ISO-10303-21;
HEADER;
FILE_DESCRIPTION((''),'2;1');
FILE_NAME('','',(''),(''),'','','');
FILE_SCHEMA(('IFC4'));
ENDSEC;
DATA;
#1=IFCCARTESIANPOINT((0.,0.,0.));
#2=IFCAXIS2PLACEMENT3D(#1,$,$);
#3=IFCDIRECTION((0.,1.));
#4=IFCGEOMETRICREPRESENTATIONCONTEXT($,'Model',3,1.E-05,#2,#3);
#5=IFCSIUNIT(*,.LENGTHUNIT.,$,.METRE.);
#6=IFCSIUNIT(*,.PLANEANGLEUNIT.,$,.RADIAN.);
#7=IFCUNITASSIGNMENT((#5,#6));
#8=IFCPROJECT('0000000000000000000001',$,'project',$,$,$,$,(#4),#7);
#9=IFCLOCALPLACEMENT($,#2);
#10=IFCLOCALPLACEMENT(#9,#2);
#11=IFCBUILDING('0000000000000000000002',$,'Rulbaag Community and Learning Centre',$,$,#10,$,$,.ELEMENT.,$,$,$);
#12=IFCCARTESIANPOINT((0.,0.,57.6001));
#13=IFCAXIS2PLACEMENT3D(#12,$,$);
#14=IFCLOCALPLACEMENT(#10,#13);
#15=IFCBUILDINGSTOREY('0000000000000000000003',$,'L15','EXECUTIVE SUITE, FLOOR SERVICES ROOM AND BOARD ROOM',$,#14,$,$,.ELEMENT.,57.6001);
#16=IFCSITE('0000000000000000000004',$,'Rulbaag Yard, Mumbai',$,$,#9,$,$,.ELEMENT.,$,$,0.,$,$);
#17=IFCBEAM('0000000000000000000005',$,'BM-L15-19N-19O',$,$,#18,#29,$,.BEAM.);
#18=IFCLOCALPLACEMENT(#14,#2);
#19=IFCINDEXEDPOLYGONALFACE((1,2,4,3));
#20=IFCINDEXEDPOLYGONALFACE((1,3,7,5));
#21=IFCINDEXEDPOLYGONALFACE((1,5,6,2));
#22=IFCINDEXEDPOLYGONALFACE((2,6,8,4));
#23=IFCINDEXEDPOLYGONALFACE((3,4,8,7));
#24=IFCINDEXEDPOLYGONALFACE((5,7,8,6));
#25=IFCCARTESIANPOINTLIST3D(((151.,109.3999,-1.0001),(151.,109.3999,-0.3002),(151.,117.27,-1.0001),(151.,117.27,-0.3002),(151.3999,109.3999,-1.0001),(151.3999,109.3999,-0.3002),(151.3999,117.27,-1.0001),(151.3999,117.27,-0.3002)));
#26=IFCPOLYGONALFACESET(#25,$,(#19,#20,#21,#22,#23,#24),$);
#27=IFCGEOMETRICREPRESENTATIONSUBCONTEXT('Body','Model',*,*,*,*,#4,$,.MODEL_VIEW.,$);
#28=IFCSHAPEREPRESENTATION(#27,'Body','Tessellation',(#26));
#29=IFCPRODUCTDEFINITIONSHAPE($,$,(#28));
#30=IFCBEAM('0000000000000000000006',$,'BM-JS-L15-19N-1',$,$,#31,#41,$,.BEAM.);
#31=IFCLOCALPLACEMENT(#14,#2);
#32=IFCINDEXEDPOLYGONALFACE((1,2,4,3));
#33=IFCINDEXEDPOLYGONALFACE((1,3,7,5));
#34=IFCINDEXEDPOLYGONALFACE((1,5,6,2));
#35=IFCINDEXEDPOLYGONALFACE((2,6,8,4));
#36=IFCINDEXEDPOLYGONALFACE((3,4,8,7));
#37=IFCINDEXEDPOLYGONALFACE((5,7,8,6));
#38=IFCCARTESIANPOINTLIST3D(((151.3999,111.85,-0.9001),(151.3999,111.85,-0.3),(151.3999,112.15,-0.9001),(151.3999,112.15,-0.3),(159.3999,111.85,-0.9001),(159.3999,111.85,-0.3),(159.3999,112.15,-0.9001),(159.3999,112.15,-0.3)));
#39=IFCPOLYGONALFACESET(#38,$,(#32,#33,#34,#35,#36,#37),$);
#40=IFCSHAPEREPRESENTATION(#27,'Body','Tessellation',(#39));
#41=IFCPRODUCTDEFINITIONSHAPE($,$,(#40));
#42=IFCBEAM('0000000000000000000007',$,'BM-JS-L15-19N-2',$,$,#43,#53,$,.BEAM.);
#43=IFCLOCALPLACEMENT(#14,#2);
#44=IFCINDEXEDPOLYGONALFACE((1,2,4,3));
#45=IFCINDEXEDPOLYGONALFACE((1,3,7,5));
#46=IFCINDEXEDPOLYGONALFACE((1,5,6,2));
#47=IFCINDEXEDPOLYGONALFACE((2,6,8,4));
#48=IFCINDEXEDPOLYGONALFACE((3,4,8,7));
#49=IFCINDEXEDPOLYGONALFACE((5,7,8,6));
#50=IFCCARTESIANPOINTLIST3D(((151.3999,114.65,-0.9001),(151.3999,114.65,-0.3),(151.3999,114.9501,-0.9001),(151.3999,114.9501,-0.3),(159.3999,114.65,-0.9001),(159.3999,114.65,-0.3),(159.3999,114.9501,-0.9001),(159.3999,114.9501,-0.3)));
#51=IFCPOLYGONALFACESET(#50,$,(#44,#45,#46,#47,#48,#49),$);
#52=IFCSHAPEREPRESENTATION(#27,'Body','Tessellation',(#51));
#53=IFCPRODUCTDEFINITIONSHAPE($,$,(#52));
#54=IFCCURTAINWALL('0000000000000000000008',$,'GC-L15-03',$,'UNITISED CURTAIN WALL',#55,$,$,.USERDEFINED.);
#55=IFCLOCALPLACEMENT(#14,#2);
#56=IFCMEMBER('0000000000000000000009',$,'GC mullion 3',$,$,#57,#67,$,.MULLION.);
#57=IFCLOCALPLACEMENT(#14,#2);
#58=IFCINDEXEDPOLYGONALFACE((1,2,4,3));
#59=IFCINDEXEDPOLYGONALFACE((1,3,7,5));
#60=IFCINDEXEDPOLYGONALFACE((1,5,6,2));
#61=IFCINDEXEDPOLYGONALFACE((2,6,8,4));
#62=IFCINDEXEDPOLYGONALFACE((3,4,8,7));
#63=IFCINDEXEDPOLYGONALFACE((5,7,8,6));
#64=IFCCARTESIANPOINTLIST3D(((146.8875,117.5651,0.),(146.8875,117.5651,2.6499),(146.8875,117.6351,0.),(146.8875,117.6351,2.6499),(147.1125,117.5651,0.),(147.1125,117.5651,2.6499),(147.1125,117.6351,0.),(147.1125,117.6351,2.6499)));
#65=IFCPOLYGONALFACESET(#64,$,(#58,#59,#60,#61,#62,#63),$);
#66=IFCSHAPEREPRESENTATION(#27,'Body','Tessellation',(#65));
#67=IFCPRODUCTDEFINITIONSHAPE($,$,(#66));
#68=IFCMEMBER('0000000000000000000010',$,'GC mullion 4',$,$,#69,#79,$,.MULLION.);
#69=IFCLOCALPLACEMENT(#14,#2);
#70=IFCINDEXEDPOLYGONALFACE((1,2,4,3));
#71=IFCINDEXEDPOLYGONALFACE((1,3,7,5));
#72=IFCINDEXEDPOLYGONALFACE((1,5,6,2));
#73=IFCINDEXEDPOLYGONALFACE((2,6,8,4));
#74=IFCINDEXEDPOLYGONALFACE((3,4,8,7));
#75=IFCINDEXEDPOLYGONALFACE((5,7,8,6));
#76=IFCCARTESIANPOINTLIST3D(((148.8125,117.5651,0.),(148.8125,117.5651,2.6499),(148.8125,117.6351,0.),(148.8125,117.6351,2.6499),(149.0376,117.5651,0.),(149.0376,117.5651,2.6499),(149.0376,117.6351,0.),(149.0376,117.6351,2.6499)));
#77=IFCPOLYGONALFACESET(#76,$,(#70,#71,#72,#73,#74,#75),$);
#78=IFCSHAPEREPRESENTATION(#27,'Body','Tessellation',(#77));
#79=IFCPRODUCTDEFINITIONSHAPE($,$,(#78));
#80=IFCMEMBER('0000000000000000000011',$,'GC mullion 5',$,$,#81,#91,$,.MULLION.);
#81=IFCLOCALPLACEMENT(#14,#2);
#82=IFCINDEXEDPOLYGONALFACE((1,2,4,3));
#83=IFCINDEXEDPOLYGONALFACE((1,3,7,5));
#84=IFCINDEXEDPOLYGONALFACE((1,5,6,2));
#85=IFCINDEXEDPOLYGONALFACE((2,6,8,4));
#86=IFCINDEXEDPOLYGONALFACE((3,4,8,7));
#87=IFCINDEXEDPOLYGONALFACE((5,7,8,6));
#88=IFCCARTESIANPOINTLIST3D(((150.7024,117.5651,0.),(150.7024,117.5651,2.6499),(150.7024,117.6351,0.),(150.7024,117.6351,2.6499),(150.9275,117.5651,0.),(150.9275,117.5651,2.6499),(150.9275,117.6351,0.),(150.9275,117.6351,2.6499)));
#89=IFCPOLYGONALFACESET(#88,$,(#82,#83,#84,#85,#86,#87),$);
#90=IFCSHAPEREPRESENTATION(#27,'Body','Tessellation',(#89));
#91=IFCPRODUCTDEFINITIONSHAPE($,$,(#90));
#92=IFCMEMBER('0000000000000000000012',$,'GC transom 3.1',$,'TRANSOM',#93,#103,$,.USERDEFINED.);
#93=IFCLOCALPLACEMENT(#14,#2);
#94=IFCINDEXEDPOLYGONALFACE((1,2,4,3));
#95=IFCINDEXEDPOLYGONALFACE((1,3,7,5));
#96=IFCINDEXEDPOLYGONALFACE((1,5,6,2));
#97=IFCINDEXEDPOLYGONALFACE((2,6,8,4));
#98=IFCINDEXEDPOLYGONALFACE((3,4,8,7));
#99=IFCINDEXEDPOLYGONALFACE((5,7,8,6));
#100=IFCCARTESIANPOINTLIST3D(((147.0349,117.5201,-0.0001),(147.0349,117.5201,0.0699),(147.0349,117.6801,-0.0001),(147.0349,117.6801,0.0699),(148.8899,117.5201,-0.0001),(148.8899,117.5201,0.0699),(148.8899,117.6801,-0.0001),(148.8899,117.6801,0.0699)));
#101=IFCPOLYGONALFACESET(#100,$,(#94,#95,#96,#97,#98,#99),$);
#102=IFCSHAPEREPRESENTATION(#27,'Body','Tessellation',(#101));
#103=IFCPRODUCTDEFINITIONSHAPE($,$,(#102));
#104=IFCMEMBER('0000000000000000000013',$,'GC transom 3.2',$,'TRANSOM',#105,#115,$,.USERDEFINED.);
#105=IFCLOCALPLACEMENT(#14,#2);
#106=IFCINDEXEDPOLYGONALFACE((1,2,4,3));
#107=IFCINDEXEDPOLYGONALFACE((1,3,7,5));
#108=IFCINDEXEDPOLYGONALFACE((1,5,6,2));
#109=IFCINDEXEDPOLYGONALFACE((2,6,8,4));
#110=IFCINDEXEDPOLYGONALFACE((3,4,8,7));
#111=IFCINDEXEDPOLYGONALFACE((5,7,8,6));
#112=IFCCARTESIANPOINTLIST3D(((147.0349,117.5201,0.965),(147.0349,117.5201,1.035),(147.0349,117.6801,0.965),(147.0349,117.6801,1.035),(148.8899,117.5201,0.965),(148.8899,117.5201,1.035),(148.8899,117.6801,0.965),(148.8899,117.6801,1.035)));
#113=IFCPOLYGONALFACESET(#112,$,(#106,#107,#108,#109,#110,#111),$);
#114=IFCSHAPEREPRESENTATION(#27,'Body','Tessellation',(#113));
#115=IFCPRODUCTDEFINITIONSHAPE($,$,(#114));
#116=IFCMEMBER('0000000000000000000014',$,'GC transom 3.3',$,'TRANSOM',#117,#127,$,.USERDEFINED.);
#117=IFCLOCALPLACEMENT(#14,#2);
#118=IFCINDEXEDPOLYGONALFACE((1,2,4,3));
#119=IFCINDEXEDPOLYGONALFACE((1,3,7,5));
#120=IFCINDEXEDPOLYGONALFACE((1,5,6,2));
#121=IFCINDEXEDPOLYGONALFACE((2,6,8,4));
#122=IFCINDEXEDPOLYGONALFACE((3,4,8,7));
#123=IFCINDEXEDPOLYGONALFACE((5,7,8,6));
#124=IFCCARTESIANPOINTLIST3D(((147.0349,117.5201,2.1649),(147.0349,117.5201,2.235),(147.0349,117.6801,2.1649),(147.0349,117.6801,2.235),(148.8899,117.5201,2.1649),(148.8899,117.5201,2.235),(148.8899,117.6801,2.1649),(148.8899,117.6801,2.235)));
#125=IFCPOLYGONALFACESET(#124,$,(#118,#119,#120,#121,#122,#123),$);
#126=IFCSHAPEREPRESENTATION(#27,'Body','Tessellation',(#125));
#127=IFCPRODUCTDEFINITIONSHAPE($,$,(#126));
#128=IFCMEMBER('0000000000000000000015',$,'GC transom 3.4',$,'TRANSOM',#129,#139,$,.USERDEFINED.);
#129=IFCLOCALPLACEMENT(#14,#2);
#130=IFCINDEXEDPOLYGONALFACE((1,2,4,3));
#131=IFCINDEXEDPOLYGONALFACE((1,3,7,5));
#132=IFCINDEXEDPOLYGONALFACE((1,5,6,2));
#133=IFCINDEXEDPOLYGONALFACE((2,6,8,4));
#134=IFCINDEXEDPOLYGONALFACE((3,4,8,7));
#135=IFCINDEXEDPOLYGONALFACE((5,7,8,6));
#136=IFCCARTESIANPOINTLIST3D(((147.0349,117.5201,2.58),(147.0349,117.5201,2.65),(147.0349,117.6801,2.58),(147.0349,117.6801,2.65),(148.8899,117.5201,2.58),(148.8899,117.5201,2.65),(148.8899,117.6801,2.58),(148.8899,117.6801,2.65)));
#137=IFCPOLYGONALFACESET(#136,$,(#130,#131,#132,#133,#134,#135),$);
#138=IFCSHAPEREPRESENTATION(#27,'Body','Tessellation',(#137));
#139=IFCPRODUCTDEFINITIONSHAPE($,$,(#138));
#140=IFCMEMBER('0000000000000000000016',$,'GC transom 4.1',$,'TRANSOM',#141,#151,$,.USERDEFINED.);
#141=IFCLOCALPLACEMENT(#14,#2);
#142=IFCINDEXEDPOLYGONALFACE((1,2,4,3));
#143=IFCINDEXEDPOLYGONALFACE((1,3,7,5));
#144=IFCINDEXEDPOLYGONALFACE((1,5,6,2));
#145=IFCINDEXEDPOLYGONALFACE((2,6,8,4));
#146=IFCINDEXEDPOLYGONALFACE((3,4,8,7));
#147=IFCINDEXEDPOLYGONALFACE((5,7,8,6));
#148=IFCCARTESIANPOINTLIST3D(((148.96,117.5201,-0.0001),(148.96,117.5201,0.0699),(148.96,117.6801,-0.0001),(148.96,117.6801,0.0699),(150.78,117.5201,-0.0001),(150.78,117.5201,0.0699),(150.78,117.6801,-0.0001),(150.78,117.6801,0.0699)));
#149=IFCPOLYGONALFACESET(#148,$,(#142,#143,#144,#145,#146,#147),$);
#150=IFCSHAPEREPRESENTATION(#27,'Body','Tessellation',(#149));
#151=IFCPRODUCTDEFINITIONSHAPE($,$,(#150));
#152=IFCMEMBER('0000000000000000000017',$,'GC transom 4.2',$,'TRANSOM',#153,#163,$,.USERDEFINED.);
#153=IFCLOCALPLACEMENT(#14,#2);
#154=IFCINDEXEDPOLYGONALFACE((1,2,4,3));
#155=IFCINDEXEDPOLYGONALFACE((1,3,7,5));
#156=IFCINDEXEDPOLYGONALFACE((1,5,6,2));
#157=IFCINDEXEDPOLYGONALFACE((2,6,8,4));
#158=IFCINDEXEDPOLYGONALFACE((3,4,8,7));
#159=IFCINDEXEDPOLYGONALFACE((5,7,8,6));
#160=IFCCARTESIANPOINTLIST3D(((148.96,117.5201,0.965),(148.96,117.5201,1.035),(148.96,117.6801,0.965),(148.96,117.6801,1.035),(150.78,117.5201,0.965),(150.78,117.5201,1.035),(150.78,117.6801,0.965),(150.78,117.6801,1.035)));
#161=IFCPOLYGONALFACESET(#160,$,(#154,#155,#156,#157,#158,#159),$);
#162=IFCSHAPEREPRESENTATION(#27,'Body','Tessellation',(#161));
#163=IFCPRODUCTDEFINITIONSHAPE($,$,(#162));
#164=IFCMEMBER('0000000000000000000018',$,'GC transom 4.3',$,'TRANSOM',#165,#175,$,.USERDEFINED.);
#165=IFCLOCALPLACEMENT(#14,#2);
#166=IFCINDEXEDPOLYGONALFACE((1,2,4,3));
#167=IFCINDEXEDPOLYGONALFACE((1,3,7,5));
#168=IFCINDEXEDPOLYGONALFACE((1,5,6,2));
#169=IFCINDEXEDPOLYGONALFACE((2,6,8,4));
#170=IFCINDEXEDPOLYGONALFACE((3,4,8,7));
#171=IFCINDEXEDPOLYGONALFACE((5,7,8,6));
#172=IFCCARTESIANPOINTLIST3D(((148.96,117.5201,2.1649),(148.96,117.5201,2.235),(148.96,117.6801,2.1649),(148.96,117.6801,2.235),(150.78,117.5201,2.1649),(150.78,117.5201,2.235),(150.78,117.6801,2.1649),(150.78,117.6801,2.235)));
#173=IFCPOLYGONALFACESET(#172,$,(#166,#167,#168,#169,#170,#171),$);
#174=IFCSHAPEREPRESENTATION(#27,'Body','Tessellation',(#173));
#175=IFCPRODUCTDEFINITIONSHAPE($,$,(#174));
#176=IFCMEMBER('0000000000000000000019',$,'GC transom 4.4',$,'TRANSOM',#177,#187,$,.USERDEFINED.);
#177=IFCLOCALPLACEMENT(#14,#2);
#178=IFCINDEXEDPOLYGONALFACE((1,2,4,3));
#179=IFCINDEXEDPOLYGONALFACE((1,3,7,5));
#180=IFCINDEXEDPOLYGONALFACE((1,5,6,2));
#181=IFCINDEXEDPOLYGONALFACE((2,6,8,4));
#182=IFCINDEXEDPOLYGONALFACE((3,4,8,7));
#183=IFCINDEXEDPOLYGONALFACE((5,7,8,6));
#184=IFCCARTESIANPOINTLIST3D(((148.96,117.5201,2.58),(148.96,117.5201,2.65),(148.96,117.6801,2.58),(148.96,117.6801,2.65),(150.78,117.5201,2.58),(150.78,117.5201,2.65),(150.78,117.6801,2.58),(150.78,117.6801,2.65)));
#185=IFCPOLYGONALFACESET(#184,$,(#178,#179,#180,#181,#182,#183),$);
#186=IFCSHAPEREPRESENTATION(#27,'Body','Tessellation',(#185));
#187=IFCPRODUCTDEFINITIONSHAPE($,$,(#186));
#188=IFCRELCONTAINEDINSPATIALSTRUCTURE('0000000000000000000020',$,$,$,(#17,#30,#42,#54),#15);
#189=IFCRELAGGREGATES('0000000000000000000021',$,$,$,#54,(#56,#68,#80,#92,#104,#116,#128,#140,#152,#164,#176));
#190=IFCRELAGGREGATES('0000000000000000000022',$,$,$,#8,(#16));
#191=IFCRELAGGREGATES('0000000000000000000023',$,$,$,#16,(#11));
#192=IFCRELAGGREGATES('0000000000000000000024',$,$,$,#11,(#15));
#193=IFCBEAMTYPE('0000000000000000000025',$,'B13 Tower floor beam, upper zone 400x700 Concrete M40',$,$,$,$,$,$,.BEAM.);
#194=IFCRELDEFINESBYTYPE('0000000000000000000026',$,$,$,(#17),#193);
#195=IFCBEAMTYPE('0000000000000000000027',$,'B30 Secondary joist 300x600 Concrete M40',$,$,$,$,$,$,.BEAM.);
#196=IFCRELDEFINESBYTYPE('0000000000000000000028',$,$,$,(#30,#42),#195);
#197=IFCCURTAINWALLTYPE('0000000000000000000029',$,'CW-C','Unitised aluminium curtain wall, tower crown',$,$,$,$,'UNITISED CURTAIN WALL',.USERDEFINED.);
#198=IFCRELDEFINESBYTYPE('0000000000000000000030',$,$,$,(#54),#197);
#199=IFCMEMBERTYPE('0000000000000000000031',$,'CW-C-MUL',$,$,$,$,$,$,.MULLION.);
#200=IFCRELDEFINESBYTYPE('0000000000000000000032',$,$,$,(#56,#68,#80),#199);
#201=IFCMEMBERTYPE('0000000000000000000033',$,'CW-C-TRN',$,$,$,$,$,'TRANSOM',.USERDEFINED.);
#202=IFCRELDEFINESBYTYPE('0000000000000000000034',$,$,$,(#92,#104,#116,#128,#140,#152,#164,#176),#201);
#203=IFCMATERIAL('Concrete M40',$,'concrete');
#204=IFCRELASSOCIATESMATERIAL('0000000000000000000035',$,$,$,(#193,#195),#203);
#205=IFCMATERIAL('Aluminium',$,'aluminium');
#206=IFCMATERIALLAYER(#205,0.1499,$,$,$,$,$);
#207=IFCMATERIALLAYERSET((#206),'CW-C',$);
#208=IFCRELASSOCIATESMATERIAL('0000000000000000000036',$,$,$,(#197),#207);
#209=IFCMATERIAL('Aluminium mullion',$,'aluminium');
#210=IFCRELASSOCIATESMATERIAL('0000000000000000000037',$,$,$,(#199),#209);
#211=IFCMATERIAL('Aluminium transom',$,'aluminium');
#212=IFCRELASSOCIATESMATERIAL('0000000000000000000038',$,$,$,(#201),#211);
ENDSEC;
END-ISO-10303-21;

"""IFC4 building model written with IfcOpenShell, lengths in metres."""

from ifc_helpers import new_model, si_unit, direction, frame, origin, origin_2d, place, context, subcontext, project, spatial, rectangle, extrude, material, layer, layer_set, material_profile, profile_set, type_object, element, aggregate, save


model = new_model("IFC4")

# Units and contexts
model_context = context("Model", 3, precision=1e-05, world=origin(), true_north=direction((0.0, 1.0)))
body_context = subcontext(model_context, "Body", "Model", "MODEL_VIEW")
ifc_project = project(units=[si_unit("LENGTHUNIT", "METRE"), si_unit("PLANEANGLEUNIT", "RADIAN")], contexts=[model_context])

# Site, building, storey
site_placement = place(None, origin())
site = spatial("IfcSite", under=ifc_project, at=site_placement, Name="Rulbaag Yard, Mumbai", CompositionType="ELEMENT", RefElevation=0.0)
building_placement = place(site_placement, origin())
building = spatial("IfcBuilding", under=site, at=building_placement, Name="Rulbaag Community and Learning Centre", CompositionType="ELEMENT")
storey_placement = place(building_placement, frame((0.0, 0.0, 57.6001)))
storey = spatial("IfcBuildingStorey", under=building, at=storey_placement, Name="L15", Description="EXECUTIVE SUITE, FLOOR SERVICES ROOM AND BOARD ROOM", CompositionType="ELEMENT", Elevation=57.6001)

# Beams
ifc_material_1 = material(Name="Concrete M40", Category="concrete")
ifc_material_profile_1 = material_profile(ifc_material_1, rectangle(XDim=0.3999, YDim=0.7, at=origin_2d()), Name="RB400x700")
ifc_profile_set_1 = profile_set([ifc_material_profile_1], Name="Concrete M40")
beam_type_1 = type_object("IfcBeamType", Name="B13 Tower floor beam, upper zone 400x700 Concrete M40", PredefinedType="BEAM", material=ifc_profile_set_1)
beam_placement = place(storey_placement, frame((151.2, 109.3999, -0.6501), z_axis=(0.0, 1.0, 0.0), x_axis=(-1.0, 0.0, 0.0)))
element("IfcBeam", 1, at=beam_placement, inside=storey, type_object=beam_type_1, Name="BM-L15-19N-19O", PredefinedType="BEAM", context=body_context, shape_type="SweptSolid", body=[
    extrude(rectangle(XDim=0.3999, YDim=0.7, at=origin_2d()), origin(), (0.0, 0.0, 1.0), 7.8701),
])
ifc_material_profile_2 = material_profile(ifc_material_1, rectangle(XDim=0.3, YDim=0.6001, at=origin_2d()), Name="RB300x600")
ifc_profile_set_2 = profile_set([ifc_material_profile_2], Name="Concrete M40")
beam_type_2 = type_object("IfcBeamType", Name="B30 Secondary joist 300x600 Concrete M40", PredefinedType="BEAM", material=ifc_profile_set_2)
for number, where, z_axis, x_axis, name in (
    (2, (151.3999, 112.0, -0.6001), (1.0, 0.0, 0.0), (0.0, 1.0, 0.0), "BM-JS-L15-19N-1"),
    (3, (151.3999, 114.8, -0.6001), (1.0, 0.0, 0.0), (0.0, 1.0, 0.0), "BM-JS-L15-19N-2"),
):
    element("IfcBeam", number, at=place(storey_placement, frame(where, z_axis=z_axis, x_axis=x_axis)), inside=storey, type_object=beam_type_2, Name=name, PredefinedType="BEAM", context=body_context, shape_type="SweptSolid", body=[
        extrude(rectangle(XDim=0.3, YDim=0.6001, at=origin_2d()), origin(), (0.0, 0.0, 1.0), 8.0),
    ])

# Curtain wall, members
ifc_material_2 = material(Name="Aluminium", Category="aluminium")
ifc_layer_1 = layer(ifc_material_2, 0.1499)
ifc_layer_set_1 = layer_set([ifc_layer_1], Name="CW-C")
curtain_wall_type = type_object("IfcCurtainWallType", Name="CW-C", Description="Unitised aluminium curtain wall, tower crown", ElementType="UNITISED CURTAIN WALL", PredefinedType="USERDEFINED", material=ifc_layer_set_1)
curtain_wall_placement = place(storey_placement, origin())
curtain_wall = element("IfcCurtainWall", 4, at=curtain_wall_placement, inside=storey, type_object=curtain_wall_type, Name="GC-L15-03", ObjectType="UNITISED CURTAIN WALL", PredefinedType="USERDEFINED")
ifc_material_3 = material(Name="Aluminium mullion", Category="aluminium")
ifc_material_profile_3 = material_profile(ifc_material_3, rectangle(XDim=0.0701, YDim=0.2251, at=origin_2d()), Name="AL 70x225")
ifc_profile_set_3 = profile_set([ifc_material_profile_3], Name="Aluminium mullion")
member_type_1 = type_object("IfcMemberType", Name="CW-C-MUL", PredefinedType="MULLION", material=ifc_profile_set_3)
member_1_placement = place(storey_placement, frame((147.0, 117.6001, 0.0), z_axis=(0.0, 0.0, 1.0), x_axis=(0.0, 1.0, 0.0)))
member_1 = element("IfcMember", 5, at=member_1_placement, type_object=member_type_1, Name="GC mullion 3", PredefinedType="MULLION", context=body_context, shape_type="SweptSolid", body=[
    extrude(rectangle(XDim=0.0701, YDim=0.2251, at=origin_2d()), origin(), (0.0, 0.0, 1.0), 2.6499),
])
member_2_placement = place(storey_placement, frame((148.925, 117.6001, 0.0), z_axis=(0.0, 0.0, 1.0), x_axis=(0.0, 1.0, 0.0)))
member_2 = element("IfcMember", 6, at=member_2_placement, type_object=member_type_1, Name="GC mullion 4", PredefinedType="MULLION", context=body_context, shape_type="SweptSolid", body=[
    extrude(rectangle(XDim=0.0701, YDim=0.2251, at=origin_2d()), origin(), (0.0, 0.0, 1.0), 2.6499),
])
member_3_placement = place(storey_placement, frame((150.8149, 117.6001, 0.0), z_axis=(0.0, 0.0, 1.0), x_axis=(0.0, 1.0, 0.0)))
member_3 = element("IfcMember", 7, at=member_3_placement, type_object=member_type_1, Name="GC mullion 5", PredefinedType="MULLION", context=body_context, shape_type="SweptSolid", body=[
    extrude(rectangle(XDim=0.0701, YDim=0.2251, at=origin_2d()), origin(), (0.0, 0.0, 1.0), 2.6499),
])
ifc_material_4 = material(Name="Aluminium transom", Category="aluminium")
ifc_material_profile_4 = material_profile(ifc_material_4, rectangle(XDim=0.1599, YDim=0.0701, at=origin_2d()), Name="AL 70x160 T")
ifc_profile_set_4 = profile_set([ifc_material_profile_4], Name="Aluminium transom")
member_type_2 = type_object("IfcMemberType", Name="CW-C-TRN", ElementType="TRANSOM", PredefinedType="USERDEFINED", material=ifc_profile_set_4)
member_4_placement = place(storey_placement, frame((147.0349, 117.6001, 0.0349), z_axis=(1.0, 0.0, 0.0), x_axis=(0.0, 1.0, 0.0)))
member_4 = element("IfcMember", 8, at=member_4_placement, type_object=member_type_2, Name="GC transom 3.1", ObjectType="TRANSOM", PredefinedType="USERDEFINED", context=body_context, shape_type="SweptSolid", body=[
    extrude(rectangle(XDim=0.1599, YDim=0.0701, at=origin_2d()), origin(), (0.0, 0.0, 1.0), 1.855),
])
member_5_placement = place(storey_placement, frame((147.0349, 117.6001, 1.0), z_axis=(1.0, 0.0, 0.0), x_axis=(0.0, 1.0, 0.0)))
member_5 = element("IfcMember", 9, at=member_5_placement, type_object=member_type_2, Name="GC transom 3.2", ObjectType="TRANSOM", PredefinedType="USERDEFINED", context=body_context, shape_type="SweptSolid", body=[
    extrude(rectangle(XDim=0.1599, YDim=0.0701, at=origin_2d()), origin(), (0.0, 0.0, 1.0), 1.855),
])
member_6_placement = place(storey_placement, frame((147.0349, 117.6001, 2.2), z_axis=(1.0, 0.0, 0.0), x_axis=(0.0, 1.0, 0.0)))
member_6 = element("IfcMember", 10, at=member_6_placement, type_object=member_type_2, Name="GC transom 3.3", ObjectType="TRANSOM", PredefinedType="USERDEFINED", context=body_context, shape_type="SweptSolid", body=[
    extrude(rectangle(XDim=0.1599, YDim=0.0701, at=origin_2d()), origin(), (0.0, 0.0, 1.0), 1.855),
])
member_7_placement = place(storey_placement, frame((147.0349, 117.6001, 2.615), z_axis=(1.0, 0.0, 0.0), x_axis=(0.0, 1.0, 0.0)))
member_7 = element("IfcMember", 11, at=member_7_placement, type_object=member_type_2, Name="GC transom 3.4", ObjectType="TRANSOM", PredefinedType="USERDEFINED", context=body_context, shape_type="SweptSolid", body=[
    extrude(rectangle(XDim=0.1599, YDim=0.0701, at=origin_2d()), origin(), (0.0, 0.0, 1.0), 1.855),
])
member_8_placement = place(storey_placement, frame((148.96, 117.6001, 0.0349), z_axis=(1.0, 0.0, 0.0), x_axis=(0.0, 1.0, 0.0)))
member_8 = element("IfcMember", 12, at=member_8_placement, type_object=member_type_2, Name="GC transom 4.1", ObjectType="TRANSOM", PredefinedType="USERDEFINED", context=body_context, shape_type="SweptSolid", body=[
    extrude(rectangle(XDim=0.1599, YDim=0.0701, at=origin_2d()), origin(), (0.0, 0.0, 1.0), 1.8201),
])
member_9_placement = place(storey_placement, frame((148.96, 117.6001, 1.0), z_axis=(1.0, 0.0, 0.0), x_axis=(0.0, 1.0, 0.0)))
member_9 = element("IfcMember", 13, at=member_9_placement, type_object=member_type_2, Name="GC transom 4.2", ObjectType="TRANSOM", PredefinedType="USERDEFINED", context=body_context, shape_type="SweptSolid", body=[
    extrude(rectangle(XDim=0.1599, YDim=0.0701, at=origin_2d()), origin(), (0.0, 0.0, 1.0), 1.8201),
])
member_10_placement = place(storey_placement, frame((148.96, 117.6001, 2.2), z_axis=(1.0, 0.0, 0.0), x_axis=(0.0, 1.0, 0.0)))
member_10 = element("IfcMember", 14, at=member_10_placement, type_object=member_type_2, Name="GC transom 4.3", ObjectType="TRANSOM", PredefinedType="USERDEFINED", context=body_context, shape_type="SweptSolid", body=[
    extrude(rectangle(XDim=0.1599, YDim=0.0701, at=origin_2d()), origin(), (0.0, 0.0, 1.0), 1.8201),
])
member_11_placement = place(storey_placement, frame((148.96, 117.6001, 2.615), z_axis=(1.0, 0.0, 0.0), x_axis=(0.0, 1.0, 0.0)))
member_11 = element("IfcMember", 15, at=member_11_placement, type_object=member_type_2, Name="GC transom 4.4", ObjectType="TRANSOM", PredefinedType="USERDEFINED", context=body_context, shape_type="SweptSolid", body=[
    extrude(rectangle(XDim=0.1599, YDim=0.0701, at=origin_2d()), origin(), (0.0, 0.0, 1.0), 1.8201),
])
aggregate(curtain_wall, [member_1, member_2, member_3, member_4, member_5, member_6, member_7, member_8, member_9, member_10, member_11])

save(model, "model.ifc")
